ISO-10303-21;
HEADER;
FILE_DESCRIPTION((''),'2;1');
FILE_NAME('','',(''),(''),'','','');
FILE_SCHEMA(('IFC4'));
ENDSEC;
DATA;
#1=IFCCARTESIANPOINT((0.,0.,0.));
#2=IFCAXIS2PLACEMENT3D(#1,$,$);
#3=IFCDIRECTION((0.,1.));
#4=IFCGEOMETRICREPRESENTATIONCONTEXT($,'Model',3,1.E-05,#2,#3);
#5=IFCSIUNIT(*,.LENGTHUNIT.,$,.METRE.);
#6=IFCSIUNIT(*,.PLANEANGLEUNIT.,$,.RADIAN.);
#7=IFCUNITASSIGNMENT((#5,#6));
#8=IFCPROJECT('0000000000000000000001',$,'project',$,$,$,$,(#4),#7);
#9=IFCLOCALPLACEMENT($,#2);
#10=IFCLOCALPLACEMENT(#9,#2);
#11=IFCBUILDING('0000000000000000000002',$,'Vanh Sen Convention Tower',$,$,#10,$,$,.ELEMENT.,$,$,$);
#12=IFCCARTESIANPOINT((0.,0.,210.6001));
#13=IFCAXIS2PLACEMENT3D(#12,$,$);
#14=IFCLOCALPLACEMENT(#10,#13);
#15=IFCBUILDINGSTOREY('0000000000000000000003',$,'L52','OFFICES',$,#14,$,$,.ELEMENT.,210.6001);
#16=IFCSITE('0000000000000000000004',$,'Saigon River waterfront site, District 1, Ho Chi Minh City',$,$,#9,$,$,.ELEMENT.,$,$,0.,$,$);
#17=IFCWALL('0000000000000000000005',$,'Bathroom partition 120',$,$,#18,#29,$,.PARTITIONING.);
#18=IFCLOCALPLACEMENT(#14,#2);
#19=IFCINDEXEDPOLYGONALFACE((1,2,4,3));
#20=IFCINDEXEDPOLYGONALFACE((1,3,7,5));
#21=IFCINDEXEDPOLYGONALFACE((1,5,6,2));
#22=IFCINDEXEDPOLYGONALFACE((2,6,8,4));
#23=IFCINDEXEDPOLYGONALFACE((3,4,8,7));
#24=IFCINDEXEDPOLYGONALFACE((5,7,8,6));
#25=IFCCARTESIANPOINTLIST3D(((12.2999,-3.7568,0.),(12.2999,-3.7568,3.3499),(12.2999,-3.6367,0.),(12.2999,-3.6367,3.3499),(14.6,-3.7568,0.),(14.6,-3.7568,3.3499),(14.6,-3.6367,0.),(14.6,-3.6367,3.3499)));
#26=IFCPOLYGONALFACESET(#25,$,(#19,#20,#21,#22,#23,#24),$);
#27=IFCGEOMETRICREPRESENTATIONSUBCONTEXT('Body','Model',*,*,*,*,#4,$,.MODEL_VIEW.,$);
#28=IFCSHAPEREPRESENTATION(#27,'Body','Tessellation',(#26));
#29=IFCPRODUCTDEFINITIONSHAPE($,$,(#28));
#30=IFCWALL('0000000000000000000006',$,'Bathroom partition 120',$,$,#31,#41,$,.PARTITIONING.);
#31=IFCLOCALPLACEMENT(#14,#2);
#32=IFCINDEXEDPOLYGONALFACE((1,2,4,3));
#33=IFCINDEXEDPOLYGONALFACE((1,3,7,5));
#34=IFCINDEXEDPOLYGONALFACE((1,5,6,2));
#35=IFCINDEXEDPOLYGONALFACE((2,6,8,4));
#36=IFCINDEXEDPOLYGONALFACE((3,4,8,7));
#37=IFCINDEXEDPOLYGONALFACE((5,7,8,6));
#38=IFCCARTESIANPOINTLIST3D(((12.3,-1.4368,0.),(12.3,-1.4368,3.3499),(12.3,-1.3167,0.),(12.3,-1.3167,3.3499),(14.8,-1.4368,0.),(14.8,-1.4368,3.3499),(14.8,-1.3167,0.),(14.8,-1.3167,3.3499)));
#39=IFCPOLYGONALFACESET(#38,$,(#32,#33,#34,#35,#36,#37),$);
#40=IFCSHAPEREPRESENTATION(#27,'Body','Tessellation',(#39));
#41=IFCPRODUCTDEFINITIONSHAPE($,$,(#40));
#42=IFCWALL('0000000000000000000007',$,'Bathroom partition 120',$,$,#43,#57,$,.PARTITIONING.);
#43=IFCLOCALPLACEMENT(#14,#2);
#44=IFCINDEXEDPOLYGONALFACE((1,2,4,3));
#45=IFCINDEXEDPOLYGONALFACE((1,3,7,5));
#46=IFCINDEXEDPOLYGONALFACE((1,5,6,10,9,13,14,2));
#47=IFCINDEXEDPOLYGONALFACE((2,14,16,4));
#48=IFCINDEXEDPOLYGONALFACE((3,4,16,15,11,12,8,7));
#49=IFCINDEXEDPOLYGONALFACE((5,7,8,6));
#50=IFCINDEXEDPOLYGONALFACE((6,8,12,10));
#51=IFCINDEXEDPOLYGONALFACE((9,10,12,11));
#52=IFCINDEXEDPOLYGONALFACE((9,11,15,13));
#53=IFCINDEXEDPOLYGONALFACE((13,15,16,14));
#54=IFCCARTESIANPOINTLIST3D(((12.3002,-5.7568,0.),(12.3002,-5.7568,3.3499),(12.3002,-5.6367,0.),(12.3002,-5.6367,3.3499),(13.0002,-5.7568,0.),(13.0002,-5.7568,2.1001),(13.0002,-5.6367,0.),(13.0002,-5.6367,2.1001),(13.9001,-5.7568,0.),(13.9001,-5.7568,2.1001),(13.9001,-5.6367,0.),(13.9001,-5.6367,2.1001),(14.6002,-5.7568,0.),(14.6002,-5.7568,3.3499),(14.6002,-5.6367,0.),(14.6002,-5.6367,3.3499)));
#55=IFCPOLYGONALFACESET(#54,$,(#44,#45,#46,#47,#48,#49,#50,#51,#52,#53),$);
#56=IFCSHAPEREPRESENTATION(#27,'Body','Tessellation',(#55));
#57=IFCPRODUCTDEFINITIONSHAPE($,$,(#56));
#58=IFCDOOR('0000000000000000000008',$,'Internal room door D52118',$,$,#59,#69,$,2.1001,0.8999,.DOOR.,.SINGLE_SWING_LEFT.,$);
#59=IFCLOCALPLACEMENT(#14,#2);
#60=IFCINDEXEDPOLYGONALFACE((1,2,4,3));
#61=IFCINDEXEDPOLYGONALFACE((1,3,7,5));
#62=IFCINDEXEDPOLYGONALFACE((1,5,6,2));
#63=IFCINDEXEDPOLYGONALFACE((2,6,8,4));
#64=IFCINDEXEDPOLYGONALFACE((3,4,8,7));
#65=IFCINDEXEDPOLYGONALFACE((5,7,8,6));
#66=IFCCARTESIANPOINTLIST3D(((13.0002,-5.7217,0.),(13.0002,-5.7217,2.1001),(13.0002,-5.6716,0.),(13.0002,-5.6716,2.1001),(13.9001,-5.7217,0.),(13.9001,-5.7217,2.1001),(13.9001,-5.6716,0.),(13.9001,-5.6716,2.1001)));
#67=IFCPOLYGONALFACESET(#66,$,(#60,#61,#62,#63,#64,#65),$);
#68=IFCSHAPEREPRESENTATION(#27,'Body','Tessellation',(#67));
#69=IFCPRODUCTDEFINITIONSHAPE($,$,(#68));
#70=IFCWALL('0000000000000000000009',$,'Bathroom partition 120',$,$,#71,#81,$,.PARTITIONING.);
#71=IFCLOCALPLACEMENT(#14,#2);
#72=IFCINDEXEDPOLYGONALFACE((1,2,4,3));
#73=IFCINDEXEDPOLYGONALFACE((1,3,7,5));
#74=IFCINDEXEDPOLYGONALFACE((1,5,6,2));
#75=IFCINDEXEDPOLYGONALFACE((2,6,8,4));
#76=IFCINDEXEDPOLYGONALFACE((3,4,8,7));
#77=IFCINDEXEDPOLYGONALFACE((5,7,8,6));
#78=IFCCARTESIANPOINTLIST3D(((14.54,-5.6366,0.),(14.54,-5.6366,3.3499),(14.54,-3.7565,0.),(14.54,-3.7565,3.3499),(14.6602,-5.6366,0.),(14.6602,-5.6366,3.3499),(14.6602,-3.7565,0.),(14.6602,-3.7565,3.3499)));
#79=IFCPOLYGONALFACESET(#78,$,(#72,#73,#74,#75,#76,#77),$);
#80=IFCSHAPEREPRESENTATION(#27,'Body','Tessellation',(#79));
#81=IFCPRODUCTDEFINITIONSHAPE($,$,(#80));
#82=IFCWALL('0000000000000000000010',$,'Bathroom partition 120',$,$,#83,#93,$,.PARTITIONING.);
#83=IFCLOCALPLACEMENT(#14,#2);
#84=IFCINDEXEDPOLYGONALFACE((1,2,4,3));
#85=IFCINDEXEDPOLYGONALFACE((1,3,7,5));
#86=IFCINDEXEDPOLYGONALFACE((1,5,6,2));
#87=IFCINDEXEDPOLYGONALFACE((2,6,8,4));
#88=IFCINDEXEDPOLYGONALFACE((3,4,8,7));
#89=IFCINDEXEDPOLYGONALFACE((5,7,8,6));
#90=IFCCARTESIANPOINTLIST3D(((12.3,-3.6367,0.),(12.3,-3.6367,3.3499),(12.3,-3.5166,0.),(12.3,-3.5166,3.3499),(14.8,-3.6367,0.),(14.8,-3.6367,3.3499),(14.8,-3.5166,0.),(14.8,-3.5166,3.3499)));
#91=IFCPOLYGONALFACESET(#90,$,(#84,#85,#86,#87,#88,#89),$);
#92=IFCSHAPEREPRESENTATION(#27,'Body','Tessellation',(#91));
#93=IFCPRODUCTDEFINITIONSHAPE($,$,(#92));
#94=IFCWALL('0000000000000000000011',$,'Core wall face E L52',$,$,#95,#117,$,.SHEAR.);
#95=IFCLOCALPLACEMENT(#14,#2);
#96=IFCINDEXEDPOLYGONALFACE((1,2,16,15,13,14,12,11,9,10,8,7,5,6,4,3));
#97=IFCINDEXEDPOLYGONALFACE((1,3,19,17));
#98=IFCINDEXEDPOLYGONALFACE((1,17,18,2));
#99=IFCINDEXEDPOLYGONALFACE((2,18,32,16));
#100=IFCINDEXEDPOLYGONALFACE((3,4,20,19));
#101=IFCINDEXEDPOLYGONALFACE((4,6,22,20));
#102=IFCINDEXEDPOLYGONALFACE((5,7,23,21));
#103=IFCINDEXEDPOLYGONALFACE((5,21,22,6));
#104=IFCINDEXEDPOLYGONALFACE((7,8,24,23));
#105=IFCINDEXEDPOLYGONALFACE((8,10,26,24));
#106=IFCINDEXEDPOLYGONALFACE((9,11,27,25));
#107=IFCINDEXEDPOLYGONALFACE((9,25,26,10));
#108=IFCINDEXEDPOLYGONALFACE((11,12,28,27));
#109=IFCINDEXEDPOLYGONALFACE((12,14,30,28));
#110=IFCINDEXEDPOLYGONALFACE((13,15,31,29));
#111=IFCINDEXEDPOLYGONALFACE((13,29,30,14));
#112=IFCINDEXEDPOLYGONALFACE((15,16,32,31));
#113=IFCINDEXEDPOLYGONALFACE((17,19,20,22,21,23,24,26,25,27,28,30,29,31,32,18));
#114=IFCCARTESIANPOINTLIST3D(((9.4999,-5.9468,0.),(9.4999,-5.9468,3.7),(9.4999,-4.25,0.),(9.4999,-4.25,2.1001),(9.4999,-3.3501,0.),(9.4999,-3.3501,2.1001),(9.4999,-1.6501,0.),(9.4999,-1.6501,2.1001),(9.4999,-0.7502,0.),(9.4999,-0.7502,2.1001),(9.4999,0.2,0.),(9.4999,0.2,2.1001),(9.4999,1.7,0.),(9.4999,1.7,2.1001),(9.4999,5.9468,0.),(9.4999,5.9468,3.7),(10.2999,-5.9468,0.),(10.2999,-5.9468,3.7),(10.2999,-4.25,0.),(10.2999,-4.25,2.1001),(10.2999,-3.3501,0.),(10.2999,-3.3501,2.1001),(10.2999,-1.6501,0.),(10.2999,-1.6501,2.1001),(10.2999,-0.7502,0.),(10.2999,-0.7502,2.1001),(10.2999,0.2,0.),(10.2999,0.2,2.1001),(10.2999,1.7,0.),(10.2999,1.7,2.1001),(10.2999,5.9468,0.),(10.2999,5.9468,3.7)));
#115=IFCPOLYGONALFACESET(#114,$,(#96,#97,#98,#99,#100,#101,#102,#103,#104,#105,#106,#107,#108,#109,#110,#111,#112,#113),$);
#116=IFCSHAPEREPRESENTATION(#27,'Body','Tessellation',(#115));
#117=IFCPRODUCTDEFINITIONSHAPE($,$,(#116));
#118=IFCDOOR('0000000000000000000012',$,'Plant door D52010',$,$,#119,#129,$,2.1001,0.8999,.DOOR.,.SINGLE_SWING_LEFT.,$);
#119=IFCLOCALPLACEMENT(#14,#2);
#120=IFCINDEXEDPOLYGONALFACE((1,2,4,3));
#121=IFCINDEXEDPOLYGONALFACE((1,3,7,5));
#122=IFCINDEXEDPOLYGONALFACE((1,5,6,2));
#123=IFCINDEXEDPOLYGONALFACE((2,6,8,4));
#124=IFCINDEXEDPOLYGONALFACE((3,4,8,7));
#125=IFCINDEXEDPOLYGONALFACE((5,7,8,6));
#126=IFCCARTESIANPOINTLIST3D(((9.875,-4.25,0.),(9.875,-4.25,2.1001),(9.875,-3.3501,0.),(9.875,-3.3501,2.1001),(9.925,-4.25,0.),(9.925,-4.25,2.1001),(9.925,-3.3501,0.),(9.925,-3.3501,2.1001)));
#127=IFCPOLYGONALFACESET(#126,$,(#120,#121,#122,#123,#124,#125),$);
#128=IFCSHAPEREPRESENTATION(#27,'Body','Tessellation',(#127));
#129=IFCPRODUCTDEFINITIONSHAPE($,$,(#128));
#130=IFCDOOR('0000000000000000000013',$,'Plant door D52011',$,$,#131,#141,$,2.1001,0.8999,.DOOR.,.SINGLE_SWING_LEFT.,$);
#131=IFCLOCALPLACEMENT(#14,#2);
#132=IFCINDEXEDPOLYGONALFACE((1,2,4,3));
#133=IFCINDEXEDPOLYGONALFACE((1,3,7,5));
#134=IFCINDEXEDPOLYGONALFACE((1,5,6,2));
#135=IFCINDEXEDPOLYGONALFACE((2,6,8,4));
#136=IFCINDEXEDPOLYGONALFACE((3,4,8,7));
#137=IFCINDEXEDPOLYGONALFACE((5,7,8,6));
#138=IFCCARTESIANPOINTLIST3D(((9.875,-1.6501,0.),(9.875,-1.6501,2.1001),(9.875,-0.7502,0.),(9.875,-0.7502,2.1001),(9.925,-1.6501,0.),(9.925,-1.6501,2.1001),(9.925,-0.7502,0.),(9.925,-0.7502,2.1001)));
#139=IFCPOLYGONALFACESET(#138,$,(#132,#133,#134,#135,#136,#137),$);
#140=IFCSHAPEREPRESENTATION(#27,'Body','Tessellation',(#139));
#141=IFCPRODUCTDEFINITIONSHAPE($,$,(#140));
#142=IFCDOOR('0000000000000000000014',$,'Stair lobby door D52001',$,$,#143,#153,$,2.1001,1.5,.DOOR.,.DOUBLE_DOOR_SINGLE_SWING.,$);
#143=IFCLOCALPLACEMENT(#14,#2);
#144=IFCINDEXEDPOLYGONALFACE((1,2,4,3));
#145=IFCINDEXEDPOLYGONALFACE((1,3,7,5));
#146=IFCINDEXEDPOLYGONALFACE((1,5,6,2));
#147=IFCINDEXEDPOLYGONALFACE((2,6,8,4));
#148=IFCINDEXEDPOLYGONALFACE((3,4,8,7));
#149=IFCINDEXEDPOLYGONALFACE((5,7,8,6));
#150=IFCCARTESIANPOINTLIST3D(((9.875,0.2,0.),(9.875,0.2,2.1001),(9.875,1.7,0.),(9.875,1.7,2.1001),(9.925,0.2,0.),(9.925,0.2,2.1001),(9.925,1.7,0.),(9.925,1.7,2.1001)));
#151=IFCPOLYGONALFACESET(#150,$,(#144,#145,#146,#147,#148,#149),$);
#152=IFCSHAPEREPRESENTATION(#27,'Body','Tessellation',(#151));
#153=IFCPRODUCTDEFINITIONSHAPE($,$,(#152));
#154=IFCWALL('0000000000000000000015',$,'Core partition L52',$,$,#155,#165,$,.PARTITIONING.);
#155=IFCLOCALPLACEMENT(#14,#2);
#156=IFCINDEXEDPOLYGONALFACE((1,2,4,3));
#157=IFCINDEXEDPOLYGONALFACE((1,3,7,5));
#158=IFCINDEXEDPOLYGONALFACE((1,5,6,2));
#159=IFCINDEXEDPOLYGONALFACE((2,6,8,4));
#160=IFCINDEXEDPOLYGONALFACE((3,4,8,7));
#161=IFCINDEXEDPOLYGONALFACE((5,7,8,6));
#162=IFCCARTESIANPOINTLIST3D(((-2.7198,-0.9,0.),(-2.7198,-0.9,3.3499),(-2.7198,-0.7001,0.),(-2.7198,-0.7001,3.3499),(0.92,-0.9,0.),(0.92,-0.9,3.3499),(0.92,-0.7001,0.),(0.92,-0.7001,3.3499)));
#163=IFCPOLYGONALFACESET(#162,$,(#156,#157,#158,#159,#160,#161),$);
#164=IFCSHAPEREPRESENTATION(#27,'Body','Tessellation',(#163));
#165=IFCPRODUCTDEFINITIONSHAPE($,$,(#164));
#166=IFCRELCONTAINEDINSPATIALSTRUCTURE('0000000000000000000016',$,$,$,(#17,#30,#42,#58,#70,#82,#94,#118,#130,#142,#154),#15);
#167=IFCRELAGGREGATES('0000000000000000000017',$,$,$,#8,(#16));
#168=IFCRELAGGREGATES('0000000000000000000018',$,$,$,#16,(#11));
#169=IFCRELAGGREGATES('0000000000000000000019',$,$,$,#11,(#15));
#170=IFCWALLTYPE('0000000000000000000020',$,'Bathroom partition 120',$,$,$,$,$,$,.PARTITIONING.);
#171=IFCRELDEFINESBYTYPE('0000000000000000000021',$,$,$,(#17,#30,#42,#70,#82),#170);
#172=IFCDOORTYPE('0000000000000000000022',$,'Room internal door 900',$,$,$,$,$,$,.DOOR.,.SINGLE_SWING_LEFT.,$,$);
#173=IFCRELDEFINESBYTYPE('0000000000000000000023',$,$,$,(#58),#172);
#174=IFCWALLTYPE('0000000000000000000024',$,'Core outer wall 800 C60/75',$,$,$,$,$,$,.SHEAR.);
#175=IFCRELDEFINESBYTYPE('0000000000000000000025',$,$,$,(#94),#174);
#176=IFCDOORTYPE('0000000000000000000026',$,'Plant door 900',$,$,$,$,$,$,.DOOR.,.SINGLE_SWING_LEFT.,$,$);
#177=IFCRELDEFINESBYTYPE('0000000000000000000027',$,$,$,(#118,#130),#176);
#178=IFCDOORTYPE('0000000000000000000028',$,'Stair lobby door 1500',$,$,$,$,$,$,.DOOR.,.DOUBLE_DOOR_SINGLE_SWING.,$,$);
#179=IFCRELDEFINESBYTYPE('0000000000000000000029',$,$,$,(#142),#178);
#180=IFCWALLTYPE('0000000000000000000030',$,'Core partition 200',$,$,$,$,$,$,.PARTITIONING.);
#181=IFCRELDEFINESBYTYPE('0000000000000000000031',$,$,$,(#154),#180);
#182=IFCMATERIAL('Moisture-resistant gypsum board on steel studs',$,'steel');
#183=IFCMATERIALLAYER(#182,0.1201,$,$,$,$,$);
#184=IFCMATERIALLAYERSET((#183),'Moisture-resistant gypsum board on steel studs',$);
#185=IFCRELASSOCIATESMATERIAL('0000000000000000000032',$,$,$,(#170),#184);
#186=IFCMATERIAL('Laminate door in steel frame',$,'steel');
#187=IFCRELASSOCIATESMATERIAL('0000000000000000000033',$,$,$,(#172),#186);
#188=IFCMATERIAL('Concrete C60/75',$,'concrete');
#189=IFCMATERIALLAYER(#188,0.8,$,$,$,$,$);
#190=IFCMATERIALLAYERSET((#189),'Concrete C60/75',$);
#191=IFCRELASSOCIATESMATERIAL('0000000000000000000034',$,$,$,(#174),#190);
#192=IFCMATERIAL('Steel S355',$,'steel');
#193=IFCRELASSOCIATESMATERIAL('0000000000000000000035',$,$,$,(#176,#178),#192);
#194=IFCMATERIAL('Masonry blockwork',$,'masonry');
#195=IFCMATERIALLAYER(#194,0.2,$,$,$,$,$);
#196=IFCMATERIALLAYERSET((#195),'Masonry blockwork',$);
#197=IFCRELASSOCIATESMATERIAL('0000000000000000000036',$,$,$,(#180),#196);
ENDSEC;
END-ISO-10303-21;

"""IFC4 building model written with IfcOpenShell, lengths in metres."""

from ifc_helpers import new_model, si_unit, direction, frame, frame_2d, origin, place, context, subcontext, project, spatial, rectangle, extrude, material, layer, layer_set, type_object, element, fill, save


model = new_model("IFC4")

# Units and contexts
model_context = context("Model", 3, precision=1e-05, world=origin(), true_north=direction((0.0, 1.0)))
body_context = subcontext(model_context, "Body", "Model", "MODEL_VIEW")
ifc_project = project(units=[si_unit("LENGTHUNIT", "METRE"), si_unit("PLANEANGLEUNIT", "RADIAN")], contexts=[model_context])

# Site, building, storey
site_placement = place(None, origin())
site = spatial("IfcSite", under=ifc_project, at=site_placement, Name="Saigon River waterfront site, District 1, Ho Chi Minh City", CompositionType="ELEMENT", RefElevation=0.0)
building_placement = place(site_placement, origin())
building = spatial("IfcBuilding", under=site, at=building_placement, Name="Vanh Sen Convention Tower", CompositionType="ELEMENT")
storey_placement = place(building_placement, frame((0.0, 0.0, 210.6001)))
storey = spatial("IfcBuildingStorey", under=building, at=storey_placement, Name="L52", Description="OFFICES", CompositionType="ELEMENT", Elevation=210.6001)

# Walls
ifc_material_1 = material(Name="Moisture-resistant gypsum board on steel studs", Category="steel")
ifc_layer_1 = layer(ifc_material_1, 0.1201)
ifc_layer_set_1 = layer_set([ifc_layer_1], Name="Moisture-resistant gypsum board on steel studs")
wall_type_1 = type_object("IfcWallType", Name="Bathroom partition 120", PredefinedType="PARTITIONING", material=ifc_layer_set_1)
wall_1_placement = place(storey_placement, frame((12.3, -3.6968, 0.0), z_axis=(0.0, 0.0, 1.0), x_axis=(1.0, 0.0, 0.0)))
element("IfcWall", 1, at=wall_1_placement, inside=storey, type_object=wall_type_1, Name="Bathroom partition 120", PredefinedType="PARTITIONING", context=body_context, shape_type="SweptSolid", body=[
    extrude(rectangle(XDim=2.3, YDim=0.1201, at=frame_2d((1.1499, 0.0))), origin(), (0.0, 0.0, 1.0), 3.3499),
])
wall_2_placement = place(storey_placement, frame((12.3, -1.3767, 0.0), z_axis=(0.0, 0.0, 1.0), x_axis=(1.0, 0.0, 0.0)))
element("IfcWall", 2, at=wall_2_placement, inside=storey, type_object=wall_type_1, Name="Bathroom partition 120", PredefinedType="PARTITIONING", context=body_context, shape_type="SweptSolid", body=[
    extrude(rectangle(XDim=2.5, YDim=0.1201, at=frame_2d((1.25, 0.0))), origin(), (0.0, 0.0, 1.0), 3.3499),
])

# Wall, opening, door
wall_3_placement = place(storey_placement, frame((14.6001, -5.6968, 0.0), z_axis=(0.0, 0.0, 1.0), x_axis=(-1.0, 0.0, 0.0)))
wall_3 = element("IfcWall", 3, at=wall_3_placement, inside=storey, type_object=wall_type_1, Name="Bathroom partition 120", PredefinedType="PARTITIONING", context=body_context, shape_type="SweptSolid", body=[
    extrude(rectangle(XDim=2.3, YDim=0.1201, at=frame_2d((1.1499, 0.0))), origin(), (0.0, 0.0, 1.0), 3.3499),
])
opening_1_placement = place(wall_3_placement, frame((0.7, 0.0, 0.0)))
opening_1 = element("IfcOpeningElement", 4, at=opening_1_placement, cuts=wall_3, PredefinedType="OPENING", context=body_context, shape_type="SweptSolid", body=[
    extrude(rectangle(XDim=0.8999, YDim=2.1001, at=frame_2d((0.45, 1.05))), frame((0.0, 0.0701, 0.0), z_axis=(0.0, -1.0, 0.0), x_axis=(1.0, 0.0, 0.0)), (0.0, 0.0, 1.0), 0.1401),
])
ifc_material_2 = material(Name="Laminate door in steel frame", Category="steel")
door_type_1 = type_object("IfcDoorType", Name="Room internal door 900", OperationType="SINGLE_SWING_LEFT", PredefinedType="DOOR", material=ifc_material_2)
door_1_placement = place(opening_1_placement, origin())
door_1 = element("IfcDoor", 5, at=door_1_placement, inside=storey, type_object=door_type_1, Name="Internal room door D52118", OperationType="SINGLE_SWING_LEFT", OverallHeight=2.1001, OverallWidth=0.8999, PredefinedType="DOOR", context=body_context, shape_type="SweptSolid", body=[
    extrude(rectangle(XDim=0.8999, YDim=2.1001, at=frame_2d((0.45, 1.05))), frame((0.0, 0.0249, 0.0), z_axis=(0.0, -1.0, 0.0), x_axis=(1.0, 0.0, 0.0)), (0.0, 0.0, 1.0), 0.05),
])
fill(opening_1, door_1)

# Walls
wall_4_placement = place(storey_placement, frame((14.6001, -3.7566, 0.0), z_axis=(0.0, 0.0, 1.0), x_axis=(0.0, -1.0, 0.0)))
element("IfcWall", 6, at=wall_4_placement, inside=storey, type_object=wall_type_1, Name="Bathroom partition 120", PredefinedType="PARTITIONING", context=body_context, shape_type="SweptSolid", body=[
    extrude(rectangle(XDim=1.8801, YDim=0.1201, at=frame_2d((0.9399, 0.0))), origin(), (0.0, 0.0, 1.0), 3.3499),
])
wall_5_placement = place(storey_placement, frame((14.8, -3.5767, 0.0), z_axis=(0.0, 0.0, 1.0), x_axis=(-1.0, 0.0, 0.0)))
element("IfcWall", 7, at=wall_5_placement, inside=storey, type_object=wall_type_1, Name="Bathroom partition 120", PredefinedType="PARTITIONING", context=body_context, shape_type="SweptSolid", body=[
    extrude(rectangle(XDim=2.5, YDim=0.1201, at=frame_2d((1.25, 0.0))), origin(), (0.0, 0.0, 1.0), 3.3499),
])

# Wall, openings, doors
ifc_material_3 = material(Name="Concrete C60/75", Category="concrete")
ifc_layer_2 = layer(ifc_material_3, 0.8)
ifc_layer_set_2 = layer_set([ifc_layer_2], Name="Concrete C60/75")
wall_type_2 = type_object("IfcWallType", Name="Core outer wall 800 C60/75", PredefinedType="SHEAR", material=ifc_layer_set_2)
wall_6_placement = place(storey_placement, frame((9.8999, -5.9468, 0.0), z_axis=(0.0, 0.0, 1.0), x_axis=(0.0, 1.0, 0.0)))
wall_6 = element("IfcWall", 8, at=wall_6_placement, inside=storey, type_object=wall_type_2, Name="Core wall face E L52", PredefinedType="SHEAR", context=body_context, shape_type="SweptSolid", body=[
    extrude(rectangle(XDim=11.8936, YDim=0.8, at=frame_2d((5.9468, 0.0))), origin(), (0.0, 0.0, 1.0), 3.7),
])
opening_2_placement = place(wall_6_placement, frame((6.1467, 0.0, 0.0)))
opening_2 = element("IfcOpeningElement", 9, at=opening_2_placement, cuts=wall_6, PredefinedType="OPENING", context=body_context, shape_type="SweptSolid", body=[
    extrude(rectangle(XDim=1.5, YDim=2.1001, at=frame_2d((0.75, 1.05))), frame((0.0, 0.4099, 0.0), z_axis=(0.0, -1.0, 0.0), x_axis=(1.0, 0.0, 0.0)), (0.0, 0.0, 1.0), 0.8201),
])
opening_3_placement = place(wall_6_placement, frame((1.6968, 0.0, 0.0)))
opening_3 = element("IfcOpeningElement", 10, at=opening_3_placement, cuts=wall_6, PredefinedType="OPENING", context=body_context, shape_type="SweptSolid", body=[
    extrude(rectangle(XDim=0.8999, YDim=2.1001, at=frame_2d((0.45, 1.05))), frame((0.0, 0.4099, 0.0), z_axis=(0.0, -1.0, 0.0), x_axis=(1.0, 0.0, 0.0)), (0.0, 0.0, 1.0), 0.8201),
])
opening_4_placement = place(wall_6_placement, frame((4.2966, 0.0, 0.0)))
opening_4 = element("IfcOpeningElement", 11, at=opening_4_placement, cuts=wall_6, PredefinedType="OPENING", context=body_context, shape_type="SweptSolid", body=[
    extrude(rectangle(XDim=0.8999, YDim=2.1001, at=frame_2d((0.45, 1.05))), frame((0.0, 0.4099, 0.0), z_axis=(0.0, -1.0, 0.0), x_axis=(1.0, 0.0, 0.0)), (0.0, 0.0, 1.0), 0.8201),
])
ifc_material_4 = material(Name="Steel S355", Category="steel")
door_type_2 = type_object("IfcDoorType", Name="Plant door 900", OperationType="SINGLE_SWING_LEFT", PredefinedType="DOOR", material=ifc_material_4)
door_2_placement = place(opening_3_placement, origin())
door_2 = element("IfcDoor", 12, at=door_2_placement, inside=storey, type_object=door_type_2, Name="Plant door D52010", OperationType="SINGLE_SWING_LEFT", OverallHeight=2.1001, OverallWidth=0.8999, PredefinedType="DOOR", context=body_context, shape_type="SweptSolid", body=[
    extrude(rectangle(XDim=0.8999, YDim=2.1001, at=frame_2d((0.45, 1.05))), frame((0.0, 0.0249, 0.0), z_axis=(0.0, -1.0, 0.0), x_axis=(1.0, 0.0, 0.0)), (0.0, 0.0, 1.0), 0.05),
])
fill(opening_3, door_2)
door_3_placement = place(opening_4_placement, origin())
door_3 = element("IfcDoor", 13, at=door_3_placement, inside=storey, type_object=door_type_2, Name="Plant door D52011", OperationType="SINGLE_SWING_LEFT", OverallHeight=2.1001, OverallWidth=0.8999, PredefinedType="DOOR", context=body_context, shape_type="SweptSolid", body=[
    extrude(rectangle(XDim=0.8999, YDim=2.1001, at=frame_2d((0.45, 1.05))), frame((0.0, 0.0249, 0.0), z_axis=(0.0, -1.0, 0.0), x_axis=(1.0, 0.0, 0.0)), (0.0, 0.0, 1.0), 0.05),
])
fill(opening_4, door_3)
door_type_3 = type_object("IfcDoorType", Name="Stair lobby door 1500", OperationType="DOUBLE_DOOR_SINGLE_SWING", PredefinedType="DOOR", material=ifc_material_4)
door_4_placement = place(opening_2_placement, origin())
door_4 = element("IfcDoor", 14, at=door_4_placement, inside=storey, type_object=door_type_3, Name="Stair lobby door D52001", OperationType="DOUBLE_DOOR_SINGLE_SWING", OverallHeight=2.1001, OverallWidth=1.5, PredefinedType="DOOR", context=body_context, shape_type="SweptSolid", body=[
    extrude(rectangle(XDim=1.5, YDim=2.1001, at=frame_2d((0.75, 1.05))), frame((0.0, 0.0249, 0.0), z_axis=(0.0, -1.0, 0.0), x_axis=(1.0, 0.0, 0.0)), (0.0, 0.0, 1.0), 0.05),
])
fill(opening_2, door_4)

# Wall
ifc_material_5 = material(Name="Masonry blockwork", Category="masonry")
ifc_layer_3 = layer(ifc_material_5, 0.2)
ifc_layer_set_3 = layer_set([ifc_layer_3], Name="Masonry blockwork")
wall_type_3 = type_object("IfcWallType", Name="Core partition 200", PredefinedType="PARTITIONING", material=ifc_layer_set_3)
wall_7_placement = place(storey_placement, frame((0.9199, -0.8, 0.0), z_axis=(0.0, 0.0, 1.0), x_axis=(-1.0, 0.0, 0.0)))
element("IfcWall", 15, at=wall_7_placement, inside=storey, type_object=wall_type_3, Name="Core partition L52", PredefinedType="PARTITIONING", context=body_context, shape_type="SweptSolid", body=[
    extrude(rectangle(XDim=3.6399, YDim=0.2, at=frame_2d((1.8198, 0.0))), origin(), (0.0, 0.0, 1.0), 3.3499),
])

save(model, "model.ifc")
